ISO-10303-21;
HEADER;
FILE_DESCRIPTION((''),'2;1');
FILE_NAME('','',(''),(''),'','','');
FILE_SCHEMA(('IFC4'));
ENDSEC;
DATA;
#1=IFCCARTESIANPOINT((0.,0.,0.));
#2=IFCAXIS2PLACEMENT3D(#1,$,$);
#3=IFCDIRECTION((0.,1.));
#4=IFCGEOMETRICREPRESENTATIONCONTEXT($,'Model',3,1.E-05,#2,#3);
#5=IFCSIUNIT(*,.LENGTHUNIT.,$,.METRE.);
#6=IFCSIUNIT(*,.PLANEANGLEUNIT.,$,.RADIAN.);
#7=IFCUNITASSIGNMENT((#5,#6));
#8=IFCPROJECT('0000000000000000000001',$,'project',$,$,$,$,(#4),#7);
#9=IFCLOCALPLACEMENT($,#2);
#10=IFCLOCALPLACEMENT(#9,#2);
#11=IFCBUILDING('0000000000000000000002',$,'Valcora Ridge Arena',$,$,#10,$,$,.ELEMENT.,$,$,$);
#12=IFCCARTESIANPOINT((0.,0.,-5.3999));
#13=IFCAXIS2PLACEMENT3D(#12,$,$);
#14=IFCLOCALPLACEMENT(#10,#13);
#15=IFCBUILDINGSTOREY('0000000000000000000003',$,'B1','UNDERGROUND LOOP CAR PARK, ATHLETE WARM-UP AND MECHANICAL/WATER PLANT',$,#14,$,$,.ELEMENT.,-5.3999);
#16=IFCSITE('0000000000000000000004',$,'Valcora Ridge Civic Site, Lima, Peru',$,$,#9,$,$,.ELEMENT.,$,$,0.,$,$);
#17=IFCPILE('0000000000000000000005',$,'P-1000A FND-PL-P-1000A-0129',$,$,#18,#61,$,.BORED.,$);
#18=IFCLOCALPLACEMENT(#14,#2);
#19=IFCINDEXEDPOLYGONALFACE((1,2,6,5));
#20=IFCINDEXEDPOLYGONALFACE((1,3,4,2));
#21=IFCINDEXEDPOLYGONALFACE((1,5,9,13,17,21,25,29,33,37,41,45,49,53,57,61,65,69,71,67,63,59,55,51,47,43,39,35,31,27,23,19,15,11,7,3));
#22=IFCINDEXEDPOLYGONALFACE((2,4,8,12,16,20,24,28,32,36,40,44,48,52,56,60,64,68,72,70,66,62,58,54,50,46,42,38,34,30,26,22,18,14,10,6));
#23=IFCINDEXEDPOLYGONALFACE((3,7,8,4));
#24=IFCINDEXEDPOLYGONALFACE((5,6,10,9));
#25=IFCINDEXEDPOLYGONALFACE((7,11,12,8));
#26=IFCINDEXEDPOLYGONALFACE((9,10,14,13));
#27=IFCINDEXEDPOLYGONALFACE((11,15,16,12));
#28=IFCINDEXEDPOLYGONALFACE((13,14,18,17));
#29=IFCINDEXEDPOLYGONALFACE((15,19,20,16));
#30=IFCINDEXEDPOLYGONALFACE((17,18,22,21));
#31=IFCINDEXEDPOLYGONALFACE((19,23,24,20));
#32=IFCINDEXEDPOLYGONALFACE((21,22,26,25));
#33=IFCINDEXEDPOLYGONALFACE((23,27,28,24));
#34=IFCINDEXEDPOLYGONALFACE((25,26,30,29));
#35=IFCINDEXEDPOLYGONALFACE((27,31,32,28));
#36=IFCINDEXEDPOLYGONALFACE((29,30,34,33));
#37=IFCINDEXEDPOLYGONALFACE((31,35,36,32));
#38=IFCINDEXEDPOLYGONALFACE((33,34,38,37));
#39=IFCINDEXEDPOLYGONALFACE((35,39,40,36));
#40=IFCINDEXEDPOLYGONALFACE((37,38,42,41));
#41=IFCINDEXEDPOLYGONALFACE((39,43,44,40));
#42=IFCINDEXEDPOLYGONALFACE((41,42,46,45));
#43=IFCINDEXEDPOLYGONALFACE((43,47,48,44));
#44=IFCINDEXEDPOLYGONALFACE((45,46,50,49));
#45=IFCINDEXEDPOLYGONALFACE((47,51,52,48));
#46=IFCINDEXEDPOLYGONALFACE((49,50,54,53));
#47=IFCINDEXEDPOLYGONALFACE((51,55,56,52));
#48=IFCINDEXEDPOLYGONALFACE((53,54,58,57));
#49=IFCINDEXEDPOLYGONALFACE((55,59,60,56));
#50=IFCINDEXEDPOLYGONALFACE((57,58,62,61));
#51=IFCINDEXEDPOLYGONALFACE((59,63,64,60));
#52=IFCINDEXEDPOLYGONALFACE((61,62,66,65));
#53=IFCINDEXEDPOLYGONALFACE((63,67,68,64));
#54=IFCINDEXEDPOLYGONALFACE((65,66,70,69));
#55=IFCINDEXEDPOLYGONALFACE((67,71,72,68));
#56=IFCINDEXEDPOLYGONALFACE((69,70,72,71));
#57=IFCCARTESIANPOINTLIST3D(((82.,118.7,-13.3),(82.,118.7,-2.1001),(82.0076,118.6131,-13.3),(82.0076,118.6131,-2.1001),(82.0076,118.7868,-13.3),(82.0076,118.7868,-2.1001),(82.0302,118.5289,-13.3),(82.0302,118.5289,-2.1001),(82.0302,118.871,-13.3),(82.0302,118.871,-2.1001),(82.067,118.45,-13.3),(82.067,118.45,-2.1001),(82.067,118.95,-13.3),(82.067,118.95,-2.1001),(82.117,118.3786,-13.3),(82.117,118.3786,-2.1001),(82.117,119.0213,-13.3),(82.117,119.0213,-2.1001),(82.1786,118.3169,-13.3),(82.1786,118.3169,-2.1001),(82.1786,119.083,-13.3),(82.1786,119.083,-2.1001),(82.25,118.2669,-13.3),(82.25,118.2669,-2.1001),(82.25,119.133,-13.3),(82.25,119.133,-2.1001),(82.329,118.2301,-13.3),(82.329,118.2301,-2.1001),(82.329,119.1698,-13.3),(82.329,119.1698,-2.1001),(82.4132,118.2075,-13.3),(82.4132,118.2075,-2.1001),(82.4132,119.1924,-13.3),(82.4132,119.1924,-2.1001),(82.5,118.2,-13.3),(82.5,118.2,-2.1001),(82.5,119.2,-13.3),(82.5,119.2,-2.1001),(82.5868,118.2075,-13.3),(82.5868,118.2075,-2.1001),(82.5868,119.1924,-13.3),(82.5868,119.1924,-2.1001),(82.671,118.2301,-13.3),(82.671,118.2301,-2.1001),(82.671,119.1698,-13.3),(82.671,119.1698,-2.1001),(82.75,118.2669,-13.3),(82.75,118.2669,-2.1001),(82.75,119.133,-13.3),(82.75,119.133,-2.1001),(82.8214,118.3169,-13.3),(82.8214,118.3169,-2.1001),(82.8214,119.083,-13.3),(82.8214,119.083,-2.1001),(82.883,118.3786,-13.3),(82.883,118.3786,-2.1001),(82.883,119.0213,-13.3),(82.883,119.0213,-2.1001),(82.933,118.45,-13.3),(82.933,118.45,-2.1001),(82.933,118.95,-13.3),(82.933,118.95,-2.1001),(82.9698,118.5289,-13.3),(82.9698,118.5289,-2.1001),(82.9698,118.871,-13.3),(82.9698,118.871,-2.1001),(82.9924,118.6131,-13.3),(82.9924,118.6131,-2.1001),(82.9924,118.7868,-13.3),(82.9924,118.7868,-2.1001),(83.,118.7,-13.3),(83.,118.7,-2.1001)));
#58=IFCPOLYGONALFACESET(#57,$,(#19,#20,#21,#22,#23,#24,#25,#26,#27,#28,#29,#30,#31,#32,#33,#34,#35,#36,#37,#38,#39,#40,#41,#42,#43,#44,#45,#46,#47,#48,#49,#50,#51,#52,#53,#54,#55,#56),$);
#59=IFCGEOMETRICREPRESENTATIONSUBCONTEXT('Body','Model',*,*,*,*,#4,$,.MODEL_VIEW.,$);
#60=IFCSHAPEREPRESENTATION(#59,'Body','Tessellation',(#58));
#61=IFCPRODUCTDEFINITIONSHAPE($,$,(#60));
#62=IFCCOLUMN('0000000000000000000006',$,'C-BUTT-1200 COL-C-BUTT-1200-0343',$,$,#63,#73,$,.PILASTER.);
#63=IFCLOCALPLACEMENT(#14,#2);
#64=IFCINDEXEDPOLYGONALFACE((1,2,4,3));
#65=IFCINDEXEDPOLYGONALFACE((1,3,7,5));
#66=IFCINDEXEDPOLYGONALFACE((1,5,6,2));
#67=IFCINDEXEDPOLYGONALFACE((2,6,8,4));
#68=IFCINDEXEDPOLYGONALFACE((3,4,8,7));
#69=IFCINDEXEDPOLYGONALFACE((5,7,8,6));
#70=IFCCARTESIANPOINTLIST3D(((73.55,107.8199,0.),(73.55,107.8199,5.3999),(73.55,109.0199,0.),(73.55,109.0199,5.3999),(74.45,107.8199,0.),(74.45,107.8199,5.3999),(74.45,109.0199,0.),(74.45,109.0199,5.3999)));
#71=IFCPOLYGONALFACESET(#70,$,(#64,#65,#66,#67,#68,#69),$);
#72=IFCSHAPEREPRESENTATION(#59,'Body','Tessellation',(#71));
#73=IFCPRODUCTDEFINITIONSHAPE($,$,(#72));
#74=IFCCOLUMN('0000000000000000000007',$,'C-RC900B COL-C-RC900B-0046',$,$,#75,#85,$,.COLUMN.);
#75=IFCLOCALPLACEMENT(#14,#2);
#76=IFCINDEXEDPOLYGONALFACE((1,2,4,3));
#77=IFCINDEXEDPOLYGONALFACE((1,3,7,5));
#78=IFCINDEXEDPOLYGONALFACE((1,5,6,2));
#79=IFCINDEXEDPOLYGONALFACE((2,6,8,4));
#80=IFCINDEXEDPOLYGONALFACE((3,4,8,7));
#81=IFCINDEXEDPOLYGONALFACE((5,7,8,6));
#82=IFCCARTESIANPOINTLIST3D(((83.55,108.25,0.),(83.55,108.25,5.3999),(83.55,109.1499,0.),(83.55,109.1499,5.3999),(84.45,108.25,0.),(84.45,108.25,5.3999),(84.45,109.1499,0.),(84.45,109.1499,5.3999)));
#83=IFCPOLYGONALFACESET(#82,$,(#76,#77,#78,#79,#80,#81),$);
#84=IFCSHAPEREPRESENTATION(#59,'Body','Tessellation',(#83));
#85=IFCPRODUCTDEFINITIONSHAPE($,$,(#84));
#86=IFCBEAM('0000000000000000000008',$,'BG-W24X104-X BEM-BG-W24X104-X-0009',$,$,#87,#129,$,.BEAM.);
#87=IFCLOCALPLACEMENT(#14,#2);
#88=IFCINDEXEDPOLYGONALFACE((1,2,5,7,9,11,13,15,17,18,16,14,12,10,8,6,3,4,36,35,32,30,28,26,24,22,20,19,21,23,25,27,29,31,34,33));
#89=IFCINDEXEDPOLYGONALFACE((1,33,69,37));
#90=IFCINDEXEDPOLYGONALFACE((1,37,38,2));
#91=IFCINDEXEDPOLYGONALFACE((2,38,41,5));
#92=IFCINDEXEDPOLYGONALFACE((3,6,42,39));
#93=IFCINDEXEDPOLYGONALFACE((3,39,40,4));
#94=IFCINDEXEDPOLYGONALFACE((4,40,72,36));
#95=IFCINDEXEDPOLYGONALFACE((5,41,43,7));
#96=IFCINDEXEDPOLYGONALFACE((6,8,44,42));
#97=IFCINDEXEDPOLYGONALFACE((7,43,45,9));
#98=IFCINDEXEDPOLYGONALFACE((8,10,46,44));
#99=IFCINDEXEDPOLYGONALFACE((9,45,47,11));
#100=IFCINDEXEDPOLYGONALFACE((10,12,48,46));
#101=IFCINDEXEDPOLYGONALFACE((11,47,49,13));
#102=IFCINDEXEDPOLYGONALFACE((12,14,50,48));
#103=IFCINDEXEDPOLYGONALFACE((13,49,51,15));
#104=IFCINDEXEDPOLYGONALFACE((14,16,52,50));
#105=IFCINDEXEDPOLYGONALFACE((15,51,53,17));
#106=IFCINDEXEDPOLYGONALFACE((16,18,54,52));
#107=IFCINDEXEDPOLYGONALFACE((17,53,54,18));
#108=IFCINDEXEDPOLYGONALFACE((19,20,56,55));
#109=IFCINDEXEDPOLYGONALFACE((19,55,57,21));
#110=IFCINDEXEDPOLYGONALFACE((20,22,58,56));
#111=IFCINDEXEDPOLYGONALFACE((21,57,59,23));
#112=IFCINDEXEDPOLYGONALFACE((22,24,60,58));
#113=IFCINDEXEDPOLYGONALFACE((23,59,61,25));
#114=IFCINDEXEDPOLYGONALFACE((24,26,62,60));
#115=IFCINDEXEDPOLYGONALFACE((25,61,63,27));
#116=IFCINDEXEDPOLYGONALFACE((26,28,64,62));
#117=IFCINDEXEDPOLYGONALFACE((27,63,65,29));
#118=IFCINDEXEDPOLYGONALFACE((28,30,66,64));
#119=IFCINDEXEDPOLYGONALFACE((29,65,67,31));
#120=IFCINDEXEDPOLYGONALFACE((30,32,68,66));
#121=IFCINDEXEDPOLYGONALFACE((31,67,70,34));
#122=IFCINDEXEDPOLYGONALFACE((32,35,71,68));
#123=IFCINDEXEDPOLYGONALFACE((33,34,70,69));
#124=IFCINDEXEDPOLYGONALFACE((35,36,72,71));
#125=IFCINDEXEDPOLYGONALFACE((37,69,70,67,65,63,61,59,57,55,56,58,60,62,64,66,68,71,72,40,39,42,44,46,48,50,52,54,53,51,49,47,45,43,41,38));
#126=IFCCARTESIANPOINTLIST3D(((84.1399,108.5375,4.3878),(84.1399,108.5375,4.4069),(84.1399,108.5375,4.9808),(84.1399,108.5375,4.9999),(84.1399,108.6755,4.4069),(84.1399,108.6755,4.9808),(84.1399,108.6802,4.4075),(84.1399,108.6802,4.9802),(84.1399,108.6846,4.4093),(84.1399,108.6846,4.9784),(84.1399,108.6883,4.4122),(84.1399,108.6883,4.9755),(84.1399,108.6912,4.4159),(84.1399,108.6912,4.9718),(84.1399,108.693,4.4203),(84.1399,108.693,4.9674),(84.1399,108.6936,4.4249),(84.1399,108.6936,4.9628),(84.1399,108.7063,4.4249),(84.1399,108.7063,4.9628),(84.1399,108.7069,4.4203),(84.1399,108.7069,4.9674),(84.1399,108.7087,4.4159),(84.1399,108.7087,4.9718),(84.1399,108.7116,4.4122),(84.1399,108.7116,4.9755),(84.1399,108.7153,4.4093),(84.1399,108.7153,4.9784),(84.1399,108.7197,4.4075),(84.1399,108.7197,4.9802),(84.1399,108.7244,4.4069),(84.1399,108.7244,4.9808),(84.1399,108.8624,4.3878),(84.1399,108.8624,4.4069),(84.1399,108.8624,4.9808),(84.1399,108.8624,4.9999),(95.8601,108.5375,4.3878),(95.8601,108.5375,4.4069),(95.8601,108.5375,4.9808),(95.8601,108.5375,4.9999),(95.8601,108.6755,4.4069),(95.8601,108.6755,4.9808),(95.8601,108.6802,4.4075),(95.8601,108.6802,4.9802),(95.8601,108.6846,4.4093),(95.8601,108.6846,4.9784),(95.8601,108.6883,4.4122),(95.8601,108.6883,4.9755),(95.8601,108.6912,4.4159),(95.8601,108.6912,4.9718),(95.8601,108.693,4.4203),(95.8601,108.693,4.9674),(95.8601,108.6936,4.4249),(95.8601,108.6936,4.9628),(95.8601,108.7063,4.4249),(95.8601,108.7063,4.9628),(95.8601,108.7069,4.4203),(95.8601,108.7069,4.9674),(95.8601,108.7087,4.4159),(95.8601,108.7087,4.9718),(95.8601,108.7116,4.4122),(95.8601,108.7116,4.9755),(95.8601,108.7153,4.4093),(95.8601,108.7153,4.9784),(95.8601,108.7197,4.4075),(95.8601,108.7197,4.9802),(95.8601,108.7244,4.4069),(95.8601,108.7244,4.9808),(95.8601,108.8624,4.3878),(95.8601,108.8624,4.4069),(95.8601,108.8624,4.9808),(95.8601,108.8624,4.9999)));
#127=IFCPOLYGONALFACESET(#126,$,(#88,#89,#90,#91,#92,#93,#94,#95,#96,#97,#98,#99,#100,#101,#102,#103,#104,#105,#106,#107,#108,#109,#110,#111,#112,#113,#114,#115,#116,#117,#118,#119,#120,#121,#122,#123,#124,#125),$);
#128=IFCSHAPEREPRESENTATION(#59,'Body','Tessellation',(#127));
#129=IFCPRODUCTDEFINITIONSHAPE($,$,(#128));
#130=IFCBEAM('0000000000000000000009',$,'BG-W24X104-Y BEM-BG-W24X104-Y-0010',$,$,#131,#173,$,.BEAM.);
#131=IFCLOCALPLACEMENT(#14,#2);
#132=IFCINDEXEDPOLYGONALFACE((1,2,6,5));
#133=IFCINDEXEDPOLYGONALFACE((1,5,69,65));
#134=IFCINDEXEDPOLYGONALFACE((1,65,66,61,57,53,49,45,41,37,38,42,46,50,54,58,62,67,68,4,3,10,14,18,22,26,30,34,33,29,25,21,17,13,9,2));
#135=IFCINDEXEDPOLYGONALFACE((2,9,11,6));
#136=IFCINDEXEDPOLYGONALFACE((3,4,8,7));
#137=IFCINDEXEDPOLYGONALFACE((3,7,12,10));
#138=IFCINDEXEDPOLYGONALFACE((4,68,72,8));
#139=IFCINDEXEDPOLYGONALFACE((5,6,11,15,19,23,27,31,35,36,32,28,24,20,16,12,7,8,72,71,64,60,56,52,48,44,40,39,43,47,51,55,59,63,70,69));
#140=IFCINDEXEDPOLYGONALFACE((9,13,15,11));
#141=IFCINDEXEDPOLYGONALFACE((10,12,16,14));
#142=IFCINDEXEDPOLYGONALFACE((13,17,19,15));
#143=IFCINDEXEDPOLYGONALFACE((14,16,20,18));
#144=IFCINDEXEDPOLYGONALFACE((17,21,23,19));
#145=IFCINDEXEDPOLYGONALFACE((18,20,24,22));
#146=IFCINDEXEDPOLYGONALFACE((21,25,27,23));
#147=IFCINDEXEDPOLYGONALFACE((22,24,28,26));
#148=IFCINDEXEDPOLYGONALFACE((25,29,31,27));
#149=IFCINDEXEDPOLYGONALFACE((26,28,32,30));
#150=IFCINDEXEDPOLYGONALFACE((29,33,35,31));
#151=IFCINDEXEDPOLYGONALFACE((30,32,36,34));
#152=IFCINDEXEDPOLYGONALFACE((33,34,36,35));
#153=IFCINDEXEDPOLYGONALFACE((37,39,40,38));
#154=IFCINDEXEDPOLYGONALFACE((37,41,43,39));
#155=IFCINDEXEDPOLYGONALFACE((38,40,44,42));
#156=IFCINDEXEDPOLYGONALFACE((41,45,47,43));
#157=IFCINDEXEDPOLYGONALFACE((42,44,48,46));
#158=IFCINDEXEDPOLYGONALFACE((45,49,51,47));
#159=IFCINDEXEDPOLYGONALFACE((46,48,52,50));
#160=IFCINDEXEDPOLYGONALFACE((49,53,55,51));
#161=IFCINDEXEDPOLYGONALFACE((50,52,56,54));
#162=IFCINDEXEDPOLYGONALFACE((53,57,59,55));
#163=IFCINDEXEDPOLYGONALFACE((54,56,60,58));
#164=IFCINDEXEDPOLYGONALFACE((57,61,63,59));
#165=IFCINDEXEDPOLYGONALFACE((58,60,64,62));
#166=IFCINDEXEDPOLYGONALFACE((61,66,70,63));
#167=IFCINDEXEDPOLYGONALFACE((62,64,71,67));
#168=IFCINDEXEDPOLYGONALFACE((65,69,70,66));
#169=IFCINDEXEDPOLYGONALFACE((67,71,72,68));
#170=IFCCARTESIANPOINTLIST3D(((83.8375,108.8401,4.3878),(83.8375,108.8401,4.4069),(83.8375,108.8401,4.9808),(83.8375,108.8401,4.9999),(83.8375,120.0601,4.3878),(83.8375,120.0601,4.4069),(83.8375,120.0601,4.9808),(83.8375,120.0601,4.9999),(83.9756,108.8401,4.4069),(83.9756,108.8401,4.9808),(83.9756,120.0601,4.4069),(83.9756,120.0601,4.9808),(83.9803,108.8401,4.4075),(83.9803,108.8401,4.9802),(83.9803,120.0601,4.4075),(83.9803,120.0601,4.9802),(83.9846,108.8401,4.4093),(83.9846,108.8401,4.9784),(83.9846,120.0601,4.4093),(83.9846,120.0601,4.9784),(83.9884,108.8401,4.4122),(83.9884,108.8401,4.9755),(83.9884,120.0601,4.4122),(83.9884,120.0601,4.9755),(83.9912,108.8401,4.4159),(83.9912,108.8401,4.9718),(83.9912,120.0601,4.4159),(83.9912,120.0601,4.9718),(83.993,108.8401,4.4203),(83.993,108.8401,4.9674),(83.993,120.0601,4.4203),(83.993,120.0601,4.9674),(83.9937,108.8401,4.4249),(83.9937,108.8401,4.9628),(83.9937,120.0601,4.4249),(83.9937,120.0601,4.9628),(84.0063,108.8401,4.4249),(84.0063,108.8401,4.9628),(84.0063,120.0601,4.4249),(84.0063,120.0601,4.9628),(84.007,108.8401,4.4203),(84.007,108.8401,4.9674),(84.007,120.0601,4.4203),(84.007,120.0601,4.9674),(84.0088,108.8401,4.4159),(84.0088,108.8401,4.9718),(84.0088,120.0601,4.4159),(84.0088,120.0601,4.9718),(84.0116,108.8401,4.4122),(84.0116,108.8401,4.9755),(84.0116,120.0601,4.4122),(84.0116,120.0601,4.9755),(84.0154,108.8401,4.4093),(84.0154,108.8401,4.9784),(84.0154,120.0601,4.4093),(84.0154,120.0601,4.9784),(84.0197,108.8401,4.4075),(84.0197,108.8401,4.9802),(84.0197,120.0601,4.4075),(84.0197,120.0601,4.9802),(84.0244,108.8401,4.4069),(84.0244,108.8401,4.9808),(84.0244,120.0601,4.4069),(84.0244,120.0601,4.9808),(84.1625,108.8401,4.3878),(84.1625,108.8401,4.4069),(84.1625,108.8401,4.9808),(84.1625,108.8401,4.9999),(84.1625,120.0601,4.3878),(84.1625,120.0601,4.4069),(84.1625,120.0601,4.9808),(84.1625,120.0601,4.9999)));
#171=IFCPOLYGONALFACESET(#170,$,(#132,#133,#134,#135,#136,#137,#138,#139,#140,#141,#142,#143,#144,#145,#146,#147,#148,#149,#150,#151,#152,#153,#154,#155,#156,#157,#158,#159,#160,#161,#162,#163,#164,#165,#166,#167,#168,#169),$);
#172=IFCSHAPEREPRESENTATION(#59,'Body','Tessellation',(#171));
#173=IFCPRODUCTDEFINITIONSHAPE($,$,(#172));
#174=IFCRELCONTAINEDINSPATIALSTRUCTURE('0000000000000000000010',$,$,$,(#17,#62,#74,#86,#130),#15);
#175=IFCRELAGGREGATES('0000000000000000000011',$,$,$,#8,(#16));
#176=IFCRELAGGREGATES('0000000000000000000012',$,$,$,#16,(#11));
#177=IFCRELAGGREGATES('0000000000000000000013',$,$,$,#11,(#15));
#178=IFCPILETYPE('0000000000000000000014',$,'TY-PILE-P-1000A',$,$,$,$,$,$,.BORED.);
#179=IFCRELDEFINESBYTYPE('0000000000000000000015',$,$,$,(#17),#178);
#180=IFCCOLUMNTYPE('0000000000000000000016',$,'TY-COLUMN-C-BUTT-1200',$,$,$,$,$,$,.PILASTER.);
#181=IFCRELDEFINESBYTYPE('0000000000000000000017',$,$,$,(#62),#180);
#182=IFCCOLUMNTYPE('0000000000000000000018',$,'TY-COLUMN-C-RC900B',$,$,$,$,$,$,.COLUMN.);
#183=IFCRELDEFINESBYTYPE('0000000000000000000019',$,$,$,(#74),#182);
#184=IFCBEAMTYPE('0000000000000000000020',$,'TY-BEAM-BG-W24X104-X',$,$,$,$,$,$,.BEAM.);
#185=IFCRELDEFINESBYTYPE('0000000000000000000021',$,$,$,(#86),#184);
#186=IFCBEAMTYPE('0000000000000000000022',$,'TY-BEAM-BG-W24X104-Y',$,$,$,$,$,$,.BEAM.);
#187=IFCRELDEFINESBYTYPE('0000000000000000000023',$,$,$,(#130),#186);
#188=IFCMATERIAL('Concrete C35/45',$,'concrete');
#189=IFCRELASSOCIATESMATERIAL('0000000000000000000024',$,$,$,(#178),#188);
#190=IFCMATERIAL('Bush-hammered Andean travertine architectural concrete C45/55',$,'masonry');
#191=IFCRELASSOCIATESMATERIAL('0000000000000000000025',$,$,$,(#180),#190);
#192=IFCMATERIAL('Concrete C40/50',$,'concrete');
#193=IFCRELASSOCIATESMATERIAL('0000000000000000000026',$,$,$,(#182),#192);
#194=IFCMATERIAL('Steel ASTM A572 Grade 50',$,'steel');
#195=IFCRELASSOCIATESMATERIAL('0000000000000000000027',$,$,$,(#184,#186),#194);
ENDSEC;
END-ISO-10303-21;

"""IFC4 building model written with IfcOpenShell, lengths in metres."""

from ifc_helpers import new_model, si_unit, direction, frame, origin, origin_2d, place, context, subcontext, project, spatial, rectangle, circle, i_section, extrude, material, material_profile, profile_set, type_object, element, save


model = new_model("IFC4")

# Units and contexts
model_context = context("Model", 3, precision=1e-05, world=origin(), true_north=direction((0.0, 1.0)))
body_context = subcontext(model_context, "Body", "Model", "MODEL_VIEW")
ifc_project = project(units=[si_unit("LENGTHUNIT", "METRE"), si_unit("PLANEANGLEUNIT", "RADIAN")], contexts=[model_context])

# Site, building, storey
site_placement = place(None, origin())
site = spatial("IfcSite", under=ifc_project, at=site_placement, Name="Valcora Ridge Civic Site, Lima, Peru", CompositionType="ELEMENT", RefElevation=0.0)
building_placement = place(site_placement, origin())
building = spatial("IfcBuilding", under=site, at=building_placement, Name="Valcora Ridge Arena", CompositionType="ELEMENT")
storey_placement = place(building_placement, frame((0.0, 0.0, -5.3999)))
storey = spatial("IfcBuildingStorey", under=building, at=storey_placement, Name="B1", Description="UNDERGROUND LOOP CAR PARK, ATHLETE WARM-UP AND MECHANICAL/WATER PLANT", CompositionType="ELEMENT", Elevation=-5.3999)

# Shared definitions
ifc_material_1 = material(Name="Concrete C40/50", Category="concrete")

# Pile
ifc_material_2 = material(Name="Concrete C35/45", Category="concrete")
ifc_material_profile_1 = material_profile(ifc_material_2, circle(Radius=0.5, at=origin_2d()), Name="BORED PILE D1000")
ifc_profile_set_1 = profile_set([ifc_material_profile_1], Name="Concrete C35/45")
pile_type = type_object("IfcPileType", Name="TY-PILE-P-1000A", PredefinedType="BORED", material=ifc_profile_set_1)
for number, where, z_axis, x_axis, name in (
    (1, (82.5, 118.7, -2.1001), (0.0, 0.0, -1.0), (1.0, 0.0, 0.0), "P-1000A FND-PL-P-1000A-0129"),
):
    element("IfcPile", number, at=place(storey_placement, frame(where, z_axis=z_axis, x_axis=x_axis)), inside=storey, type_object=pile_type, Name=name, PredefinedType="BORED", context=body_context, shape_type="SweptSolid", body=[
        extrude(circle(Radius=0.5, at=origin_2d()), origin(), (0.0, 0.0, 1.0), 11.2),
    ])

# Columns
ifc_material_3 = material(Name="Bush-hammered Andean travertine architectural concrete C45/55", Category="masonry")
ifc_material_profile_2 = material_profile(ifc_material_3, rectangle(XDim=0.8999, YDim=1.2, at=origin_2d()), Name="RC 900x1200")
ifc_profile_set_2 = profile_set([ifc_material_profile_2], Name="Bush-hammered Andean travertine architectural concrete C45/55")
column_type_1 = type_object("IfcColumnType", Name="TY-COLUMN-C-BUTT-1200", PredefinedType="PILASTER", material=ifc_profile_set_2)
column_1_placement = place(storey_placement, frame((74.0, 108.4199, 0.0), z_axis=(0.0, 0.0, 1.0), x_axis=(1.0, 0.0, 0.0)))
element("IfcColumn", 2, at=column_1_placement, inside=storey, type_object=column_type_1, Name="C-BUTT-1200 COL-C-BUTT-1200-0343", PredefinedType="PILASTER", context=body_context, shape_type="SweptSolid", body=[
    extrude(rectangle(XDim=0.8999, YDim=1.2, at=origin_2d()), origin(), (0.0, 0.0, 1.0), 5.3999),
])
ifc_material_profile_3 = material_profile(ifc_material_1, rectangle(XDim=0.8999, YDim=0.8999, at=origin_2d()), Name="RC 900x900")
ifc_profile_set_3 = profile_set([ifc_material_profile_3], Name="Concrete C40/50")
column_type_2 = type_object("IfcColumnType", Name="TY-COLUMN-C-RC900B", PredefinedType="COLUMN", material=ifc_profile_set_3)
column_2_placement = place(storey_placement, frame((84.0, 108.7, 0.0), z_axis=(0.0, 0.0, 1.0), x_axis=(1.0, 0.0, 0.0)))
element("IfcColumn", 3, at=column_2_placement, inside=storey, type_object=column_type_2, Name="C-RC900B COL-C-RC900B-0046", PredefinedType="COLUMN", context=body_context, shape_type="SweptSolid", body=[
    extrude(rectangle(XDim=0.8999, YDim=0.8999, at=origin_2d()), origin(), (0.0, 0.0, 1.0), 5.3999),
])

# Beams
ifc_material_4 = material(Name="Steel ASTM A572 Grade 50", Category="steel")
ifc_material_profile_4 = material_profile(ifc_material_4, i_section(OverallWidth=0.325, OverallDepth=0.6121, WebThickness=0.0127, FlangeThickness=0.019, FilletRadius=0.0181, at=origin_2d()), Name="W24X104")
ifc_profile_set_4 = profile_set([ifc_material_profile_4], Name="Steel ASTM A572 Grade 50")
beam_type_1 = type_object("IfcBeamType", Name="TY-BEAM-BG-W24X104-X", PredefinedType="BEAM", material=ifc_profile_set_4)
beam_1_placement = place(storey_placement, frame((84.1399, 108.7, 4.6938), z_axis=(1.0, 0.0, 0.0), x_axis=(0.0, 1.0, 0.0)))
element("IfcBeam", 4, at=beam_1_placement, inside=storey, type_object=beam_type_1, Name="BG-W24X104-X BEM-BG-W24X104-X-0009", PredefinedType="BEAM", context=body_context, shape_type="SweptSolid", body=[
    extrude(i_section(OverallWidth=0.325, OverallDepth=0.6121, WebThickness=0.0127, FlangeThickness=0.019, FilletRadius=0.0181, at=origin_2d()), origin(), (0.0, 0.0, 1.0), 11.7202),
])
ifc_material_profile_5 = material_profile(ifc_material_4, i_section(OverallWidth=0.325, OverallDepth=0.6121, WebThickness=0.0127, FlangeThickness=0.019, FilletRadius=0.0181, at=origin_2d()), Name="W24X104")
ifc_profile_set_5 = profile_set([ifc_material_profile_5], Name="Steel ASTM A572 Grade 50")
beam_type_2 = type_object("IfcBeamType", Name="TY-BEAM-BG-W24X104-Y", PredefinedType="BEAM", material=ifc_profile_set_5)
beam_2_placement = place(storey_placement, frame((84.0, 108.8401, 4.6938), z_axis=(0.0, 1.0, 0.0), x_axis=(-1.0, 0.0, 0.0)))
element("IfcBeam", 5, at=beam_2_placement, inside=storey, type_object=beam_type_2, Name="BG-W24X104-Y BEM-BG-W24X104-Y-0010", PredefinedType="BEAM", context=body_context, shape_type="SweptSolid", body=[
    extrude(i_section(OverallWidth=0.325, OverallDepth=0.6121, WebThickness=0.0127, FlangeThickness=0.019, FilletRadius=0.0181, at=origin_2d()), origin(), (0.0, 0.0, 1.0), 11.22),
])

save(model, "model.ifc")
